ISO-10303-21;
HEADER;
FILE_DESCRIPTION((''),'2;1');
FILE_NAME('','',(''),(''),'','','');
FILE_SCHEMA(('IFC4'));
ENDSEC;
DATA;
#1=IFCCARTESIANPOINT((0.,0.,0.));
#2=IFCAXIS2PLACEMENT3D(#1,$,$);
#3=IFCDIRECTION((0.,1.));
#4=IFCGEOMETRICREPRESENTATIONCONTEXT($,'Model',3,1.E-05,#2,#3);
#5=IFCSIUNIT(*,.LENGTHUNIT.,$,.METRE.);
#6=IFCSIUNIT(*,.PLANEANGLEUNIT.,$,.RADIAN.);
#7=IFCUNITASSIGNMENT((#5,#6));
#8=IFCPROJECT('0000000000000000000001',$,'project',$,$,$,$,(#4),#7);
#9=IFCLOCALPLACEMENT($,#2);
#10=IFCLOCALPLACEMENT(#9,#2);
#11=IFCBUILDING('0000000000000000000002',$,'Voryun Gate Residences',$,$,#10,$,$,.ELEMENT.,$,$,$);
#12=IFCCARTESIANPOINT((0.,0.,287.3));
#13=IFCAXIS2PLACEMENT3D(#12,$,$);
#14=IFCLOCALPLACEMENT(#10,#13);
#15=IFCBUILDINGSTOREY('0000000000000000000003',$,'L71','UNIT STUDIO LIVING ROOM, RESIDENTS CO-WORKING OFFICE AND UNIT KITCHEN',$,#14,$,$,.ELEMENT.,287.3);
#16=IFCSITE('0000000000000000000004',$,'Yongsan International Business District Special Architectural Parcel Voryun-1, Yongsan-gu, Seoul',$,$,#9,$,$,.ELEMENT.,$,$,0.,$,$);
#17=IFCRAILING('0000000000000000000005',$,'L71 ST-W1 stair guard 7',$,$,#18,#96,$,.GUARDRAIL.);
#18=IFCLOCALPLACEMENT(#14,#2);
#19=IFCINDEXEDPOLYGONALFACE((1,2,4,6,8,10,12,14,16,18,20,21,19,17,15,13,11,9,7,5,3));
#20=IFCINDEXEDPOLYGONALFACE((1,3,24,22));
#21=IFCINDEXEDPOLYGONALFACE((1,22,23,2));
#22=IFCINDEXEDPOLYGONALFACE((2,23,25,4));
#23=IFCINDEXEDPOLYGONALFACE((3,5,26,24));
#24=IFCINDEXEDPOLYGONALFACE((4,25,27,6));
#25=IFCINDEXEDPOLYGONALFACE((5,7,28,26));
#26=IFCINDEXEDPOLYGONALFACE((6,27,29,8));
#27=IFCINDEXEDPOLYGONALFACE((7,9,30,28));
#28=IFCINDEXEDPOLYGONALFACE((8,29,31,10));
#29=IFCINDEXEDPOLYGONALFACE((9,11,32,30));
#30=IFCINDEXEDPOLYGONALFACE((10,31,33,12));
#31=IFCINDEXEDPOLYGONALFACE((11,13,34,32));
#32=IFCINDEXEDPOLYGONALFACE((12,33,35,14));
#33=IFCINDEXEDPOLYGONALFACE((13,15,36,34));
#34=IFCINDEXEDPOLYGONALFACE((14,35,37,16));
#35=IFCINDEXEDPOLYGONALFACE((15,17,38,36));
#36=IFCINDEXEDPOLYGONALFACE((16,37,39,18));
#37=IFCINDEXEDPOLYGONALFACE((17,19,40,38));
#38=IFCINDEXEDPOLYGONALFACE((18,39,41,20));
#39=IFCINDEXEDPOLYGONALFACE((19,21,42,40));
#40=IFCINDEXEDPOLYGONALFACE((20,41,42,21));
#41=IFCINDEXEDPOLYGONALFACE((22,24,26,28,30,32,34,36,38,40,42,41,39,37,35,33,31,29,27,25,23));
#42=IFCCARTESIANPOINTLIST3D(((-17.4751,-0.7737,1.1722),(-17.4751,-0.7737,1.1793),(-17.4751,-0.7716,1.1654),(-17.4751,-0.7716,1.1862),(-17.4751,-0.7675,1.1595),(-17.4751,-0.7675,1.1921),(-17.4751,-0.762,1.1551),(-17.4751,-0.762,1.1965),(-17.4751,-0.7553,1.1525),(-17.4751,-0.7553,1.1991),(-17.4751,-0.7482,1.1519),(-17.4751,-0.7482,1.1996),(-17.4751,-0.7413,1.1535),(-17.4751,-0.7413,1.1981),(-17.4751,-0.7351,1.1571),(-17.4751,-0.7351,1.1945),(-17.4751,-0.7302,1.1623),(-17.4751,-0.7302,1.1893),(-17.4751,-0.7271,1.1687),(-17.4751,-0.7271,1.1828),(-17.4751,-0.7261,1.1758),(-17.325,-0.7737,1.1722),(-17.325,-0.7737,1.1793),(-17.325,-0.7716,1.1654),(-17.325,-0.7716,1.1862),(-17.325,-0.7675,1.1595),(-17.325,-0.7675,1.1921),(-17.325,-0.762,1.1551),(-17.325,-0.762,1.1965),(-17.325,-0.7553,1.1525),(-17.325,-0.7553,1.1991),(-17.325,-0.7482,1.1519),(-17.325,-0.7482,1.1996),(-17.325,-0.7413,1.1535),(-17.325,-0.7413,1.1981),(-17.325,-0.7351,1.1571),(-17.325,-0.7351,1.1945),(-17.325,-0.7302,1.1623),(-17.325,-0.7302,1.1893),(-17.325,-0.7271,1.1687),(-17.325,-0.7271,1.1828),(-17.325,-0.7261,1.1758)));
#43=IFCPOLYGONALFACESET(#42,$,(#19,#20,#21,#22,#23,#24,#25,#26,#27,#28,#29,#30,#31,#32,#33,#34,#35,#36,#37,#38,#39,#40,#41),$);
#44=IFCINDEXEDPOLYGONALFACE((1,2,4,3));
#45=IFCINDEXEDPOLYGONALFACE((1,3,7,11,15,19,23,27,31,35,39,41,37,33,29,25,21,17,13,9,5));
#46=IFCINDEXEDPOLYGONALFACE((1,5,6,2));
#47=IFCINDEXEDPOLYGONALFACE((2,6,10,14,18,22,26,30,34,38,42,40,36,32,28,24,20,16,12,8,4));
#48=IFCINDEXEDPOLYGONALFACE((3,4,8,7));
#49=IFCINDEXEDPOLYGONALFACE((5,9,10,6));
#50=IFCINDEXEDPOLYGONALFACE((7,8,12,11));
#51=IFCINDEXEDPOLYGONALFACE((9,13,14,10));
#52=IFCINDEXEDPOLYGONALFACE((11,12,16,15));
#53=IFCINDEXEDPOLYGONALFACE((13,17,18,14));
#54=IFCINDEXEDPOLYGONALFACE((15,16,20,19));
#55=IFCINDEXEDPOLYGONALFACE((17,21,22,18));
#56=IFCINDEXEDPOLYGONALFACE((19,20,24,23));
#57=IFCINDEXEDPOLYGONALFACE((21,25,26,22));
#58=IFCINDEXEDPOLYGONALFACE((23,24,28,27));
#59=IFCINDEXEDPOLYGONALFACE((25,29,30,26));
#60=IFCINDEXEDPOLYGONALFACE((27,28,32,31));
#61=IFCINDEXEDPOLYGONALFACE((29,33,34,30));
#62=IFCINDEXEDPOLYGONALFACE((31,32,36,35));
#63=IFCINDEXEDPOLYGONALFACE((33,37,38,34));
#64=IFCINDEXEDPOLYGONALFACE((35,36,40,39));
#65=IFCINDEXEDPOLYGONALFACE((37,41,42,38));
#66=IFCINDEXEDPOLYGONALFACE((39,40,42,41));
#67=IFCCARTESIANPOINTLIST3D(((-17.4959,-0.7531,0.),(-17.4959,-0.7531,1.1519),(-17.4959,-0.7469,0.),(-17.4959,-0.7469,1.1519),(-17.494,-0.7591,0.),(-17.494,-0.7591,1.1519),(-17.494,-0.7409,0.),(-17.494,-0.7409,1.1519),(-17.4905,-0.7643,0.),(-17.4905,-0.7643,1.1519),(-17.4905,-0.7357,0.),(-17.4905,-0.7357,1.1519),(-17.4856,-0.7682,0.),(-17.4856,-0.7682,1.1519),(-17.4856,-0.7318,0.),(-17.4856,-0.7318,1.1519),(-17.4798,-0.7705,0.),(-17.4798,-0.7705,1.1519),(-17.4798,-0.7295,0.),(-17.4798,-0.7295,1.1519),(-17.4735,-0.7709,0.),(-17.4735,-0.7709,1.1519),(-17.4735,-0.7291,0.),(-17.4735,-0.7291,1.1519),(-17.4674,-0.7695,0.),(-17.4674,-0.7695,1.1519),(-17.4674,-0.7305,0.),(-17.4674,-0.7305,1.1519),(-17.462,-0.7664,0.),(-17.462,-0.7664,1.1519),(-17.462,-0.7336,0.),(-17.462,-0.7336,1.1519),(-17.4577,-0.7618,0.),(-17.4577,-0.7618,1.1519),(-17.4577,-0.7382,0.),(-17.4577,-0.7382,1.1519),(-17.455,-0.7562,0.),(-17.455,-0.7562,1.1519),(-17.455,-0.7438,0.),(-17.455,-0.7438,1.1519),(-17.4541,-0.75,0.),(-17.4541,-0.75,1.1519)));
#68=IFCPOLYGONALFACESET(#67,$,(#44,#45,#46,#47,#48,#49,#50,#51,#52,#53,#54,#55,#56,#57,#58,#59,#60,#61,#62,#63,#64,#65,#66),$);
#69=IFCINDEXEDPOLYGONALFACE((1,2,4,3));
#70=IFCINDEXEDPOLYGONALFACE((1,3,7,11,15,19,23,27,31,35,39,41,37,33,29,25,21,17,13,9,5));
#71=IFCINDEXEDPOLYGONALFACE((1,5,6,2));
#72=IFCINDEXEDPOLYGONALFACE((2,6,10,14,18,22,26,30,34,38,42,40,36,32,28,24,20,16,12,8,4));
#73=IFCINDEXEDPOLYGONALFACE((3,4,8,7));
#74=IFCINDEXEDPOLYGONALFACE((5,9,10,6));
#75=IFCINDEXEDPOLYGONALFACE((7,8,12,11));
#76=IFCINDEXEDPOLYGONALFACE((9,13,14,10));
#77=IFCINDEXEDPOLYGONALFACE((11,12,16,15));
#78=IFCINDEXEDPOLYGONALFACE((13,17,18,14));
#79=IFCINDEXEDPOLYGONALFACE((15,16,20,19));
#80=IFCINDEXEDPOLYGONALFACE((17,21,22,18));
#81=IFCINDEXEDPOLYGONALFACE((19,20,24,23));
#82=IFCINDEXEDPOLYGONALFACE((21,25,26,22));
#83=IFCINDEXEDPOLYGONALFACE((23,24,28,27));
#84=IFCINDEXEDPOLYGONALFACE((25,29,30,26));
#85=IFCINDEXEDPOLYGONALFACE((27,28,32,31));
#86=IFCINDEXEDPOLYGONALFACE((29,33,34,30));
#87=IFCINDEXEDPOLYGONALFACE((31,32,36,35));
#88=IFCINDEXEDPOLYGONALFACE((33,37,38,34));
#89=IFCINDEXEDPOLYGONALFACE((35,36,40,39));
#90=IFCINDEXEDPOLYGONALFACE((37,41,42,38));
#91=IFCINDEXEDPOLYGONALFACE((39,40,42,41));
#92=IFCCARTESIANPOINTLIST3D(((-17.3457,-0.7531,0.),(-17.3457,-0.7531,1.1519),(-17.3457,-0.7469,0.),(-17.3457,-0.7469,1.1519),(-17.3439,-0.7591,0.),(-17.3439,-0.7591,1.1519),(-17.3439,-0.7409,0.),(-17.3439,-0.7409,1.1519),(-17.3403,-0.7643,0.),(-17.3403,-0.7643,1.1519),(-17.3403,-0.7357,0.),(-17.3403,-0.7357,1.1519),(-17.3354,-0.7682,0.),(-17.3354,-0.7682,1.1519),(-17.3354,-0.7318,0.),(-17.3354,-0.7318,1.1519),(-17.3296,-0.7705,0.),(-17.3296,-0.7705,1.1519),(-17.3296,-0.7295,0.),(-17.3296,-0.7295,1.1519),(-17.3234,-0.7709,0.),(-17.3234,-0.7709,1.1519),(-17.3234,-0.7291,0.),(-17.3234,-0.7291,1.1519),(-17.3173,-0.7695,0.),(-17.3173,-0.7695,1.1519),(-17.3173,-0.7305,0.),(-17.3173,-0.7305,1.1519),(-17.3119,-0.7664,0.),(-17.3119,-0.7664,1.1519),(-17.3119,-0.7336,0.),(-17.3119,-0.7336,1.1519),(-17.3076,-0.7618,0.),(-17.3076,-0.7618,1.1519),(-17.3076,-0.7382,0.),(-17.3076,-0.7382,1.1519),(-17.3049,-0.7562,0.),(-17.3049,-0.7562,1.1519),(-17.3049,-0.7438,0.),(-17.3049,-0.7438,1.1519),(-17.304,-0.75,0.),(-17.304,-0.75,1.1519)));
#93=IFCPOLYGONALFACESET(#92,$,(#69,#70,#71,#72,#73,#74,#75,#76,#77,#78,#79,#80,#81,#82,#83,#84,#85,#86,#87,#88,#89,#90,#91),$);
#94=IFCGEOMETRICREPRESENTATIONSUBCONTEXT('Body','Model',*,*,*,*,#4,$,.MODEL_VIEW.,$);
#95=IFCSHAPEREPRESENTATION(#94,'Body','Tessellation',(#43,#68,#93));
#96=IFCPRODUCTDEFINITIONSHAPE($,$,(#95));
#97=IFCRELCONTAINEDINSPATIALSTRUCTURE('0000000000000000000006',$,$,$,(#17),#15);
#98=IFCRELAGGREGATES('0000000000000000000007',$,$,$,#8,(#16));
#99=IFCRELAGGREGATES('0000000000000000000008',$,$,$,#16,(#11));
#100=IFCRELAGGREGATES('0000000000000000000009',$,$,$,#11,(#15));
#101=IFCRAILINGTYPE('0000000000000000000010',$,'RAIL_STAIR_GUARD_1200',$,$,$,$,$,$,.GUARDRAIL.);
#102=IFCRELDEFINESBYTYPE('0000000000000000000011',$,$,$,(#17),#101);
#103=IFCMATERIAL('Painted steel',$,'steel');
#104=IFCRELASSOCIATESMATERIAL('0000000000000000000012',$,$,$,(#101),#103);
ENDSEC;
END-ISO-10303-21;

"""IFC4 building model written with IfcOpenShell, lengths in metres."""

from ifc_helpers import new_model, si_unit, direction, frame, origin, origin_2d, place, context, subcontext, project, spatial, circle, extrude, material, type_object, element, save


model = new_model("IFC4")

# Units and contexts
model_context = context("Model", 3, precision=1e-05, world=origin(), true_north=direction((0.0, 1.0)))
body_context = subcontext(model_context, "Body", "Model", "MODEL_VIEW")
ifc_project = project(units=[si_unit("LENGTHUNIT", "METRE"), si_unit("PLANEANGLEUNIT", "RADIAN")], contexts=[model_context])

# Site, building, storey
site_placement = place(None, origin())
site = spatial("IfcSite", under=ifc_project, at=site_placement, Name="Yongsan International Business District Special Architectural Parcel Voryun-1, Yongsan-gu, Seoul", CompositionType="ELEMENT", RefElevation=0.0)
building_placement = place(site_placement, origin())
building = spatial("IfcBuilding", under=site, at=building_placement, Name="Voryun Gate Residences", CompositionType="ELEMENT")
storey_placement = place(building_placement, frame((0.0, 0.0, 287.3)))
storey = spatial("IfcBuildingStorey", under=building, at=storey_placement, Name="L71", Description="UNIT STUDIO LIVING ROOM, RESIDENTS CO-WORKING OFFICE AND UNIT KITCHEN", CompositionType="ELEMENT", Elevation=287.3)

# Railing
ifc_material_1 = material(Name="Painted steel", Category="steel")
railing_type_1 = type_object("IfcRailingType", Name="RAIL_STAIR_GUARD_1200", PredefinedType="GUARDRAIL", material=ifc_material_1)
railing_1_placement = place(storey_placement, frame((-17.4751, -0.75, 0.0)))
element("IfcRailing", 1, at=railing_1_placement, inside=storey, type_object=railing_type_1, Name="L71 ST-W1 stair guard 7", PredefinedType="GUARDRAIL", context=body_context, shape_type="SweptSolid", body=[
    extrude(circle(Radius=0.0239, at=origin_2d()), frame((0.0, 0.0, 1.1758), z_axis=(1.0, 0.0, 0.0), x_axis=(0.0, 1.0, 0.0)), (0.0, 0.0, 1.0), 0.1501),
    extrude(circle(Radius=0.021, at=origin_2d()), origin(), (0.0, 0.0, 1.0), 1.1519),
    extrude(circle(Radius=0.021, at=origin_2d()), frame((0.1501, 0.0, 0.0)), (0.0, 0.0, 1.0), 1.1519),
])

save(model, "model.ifc")
